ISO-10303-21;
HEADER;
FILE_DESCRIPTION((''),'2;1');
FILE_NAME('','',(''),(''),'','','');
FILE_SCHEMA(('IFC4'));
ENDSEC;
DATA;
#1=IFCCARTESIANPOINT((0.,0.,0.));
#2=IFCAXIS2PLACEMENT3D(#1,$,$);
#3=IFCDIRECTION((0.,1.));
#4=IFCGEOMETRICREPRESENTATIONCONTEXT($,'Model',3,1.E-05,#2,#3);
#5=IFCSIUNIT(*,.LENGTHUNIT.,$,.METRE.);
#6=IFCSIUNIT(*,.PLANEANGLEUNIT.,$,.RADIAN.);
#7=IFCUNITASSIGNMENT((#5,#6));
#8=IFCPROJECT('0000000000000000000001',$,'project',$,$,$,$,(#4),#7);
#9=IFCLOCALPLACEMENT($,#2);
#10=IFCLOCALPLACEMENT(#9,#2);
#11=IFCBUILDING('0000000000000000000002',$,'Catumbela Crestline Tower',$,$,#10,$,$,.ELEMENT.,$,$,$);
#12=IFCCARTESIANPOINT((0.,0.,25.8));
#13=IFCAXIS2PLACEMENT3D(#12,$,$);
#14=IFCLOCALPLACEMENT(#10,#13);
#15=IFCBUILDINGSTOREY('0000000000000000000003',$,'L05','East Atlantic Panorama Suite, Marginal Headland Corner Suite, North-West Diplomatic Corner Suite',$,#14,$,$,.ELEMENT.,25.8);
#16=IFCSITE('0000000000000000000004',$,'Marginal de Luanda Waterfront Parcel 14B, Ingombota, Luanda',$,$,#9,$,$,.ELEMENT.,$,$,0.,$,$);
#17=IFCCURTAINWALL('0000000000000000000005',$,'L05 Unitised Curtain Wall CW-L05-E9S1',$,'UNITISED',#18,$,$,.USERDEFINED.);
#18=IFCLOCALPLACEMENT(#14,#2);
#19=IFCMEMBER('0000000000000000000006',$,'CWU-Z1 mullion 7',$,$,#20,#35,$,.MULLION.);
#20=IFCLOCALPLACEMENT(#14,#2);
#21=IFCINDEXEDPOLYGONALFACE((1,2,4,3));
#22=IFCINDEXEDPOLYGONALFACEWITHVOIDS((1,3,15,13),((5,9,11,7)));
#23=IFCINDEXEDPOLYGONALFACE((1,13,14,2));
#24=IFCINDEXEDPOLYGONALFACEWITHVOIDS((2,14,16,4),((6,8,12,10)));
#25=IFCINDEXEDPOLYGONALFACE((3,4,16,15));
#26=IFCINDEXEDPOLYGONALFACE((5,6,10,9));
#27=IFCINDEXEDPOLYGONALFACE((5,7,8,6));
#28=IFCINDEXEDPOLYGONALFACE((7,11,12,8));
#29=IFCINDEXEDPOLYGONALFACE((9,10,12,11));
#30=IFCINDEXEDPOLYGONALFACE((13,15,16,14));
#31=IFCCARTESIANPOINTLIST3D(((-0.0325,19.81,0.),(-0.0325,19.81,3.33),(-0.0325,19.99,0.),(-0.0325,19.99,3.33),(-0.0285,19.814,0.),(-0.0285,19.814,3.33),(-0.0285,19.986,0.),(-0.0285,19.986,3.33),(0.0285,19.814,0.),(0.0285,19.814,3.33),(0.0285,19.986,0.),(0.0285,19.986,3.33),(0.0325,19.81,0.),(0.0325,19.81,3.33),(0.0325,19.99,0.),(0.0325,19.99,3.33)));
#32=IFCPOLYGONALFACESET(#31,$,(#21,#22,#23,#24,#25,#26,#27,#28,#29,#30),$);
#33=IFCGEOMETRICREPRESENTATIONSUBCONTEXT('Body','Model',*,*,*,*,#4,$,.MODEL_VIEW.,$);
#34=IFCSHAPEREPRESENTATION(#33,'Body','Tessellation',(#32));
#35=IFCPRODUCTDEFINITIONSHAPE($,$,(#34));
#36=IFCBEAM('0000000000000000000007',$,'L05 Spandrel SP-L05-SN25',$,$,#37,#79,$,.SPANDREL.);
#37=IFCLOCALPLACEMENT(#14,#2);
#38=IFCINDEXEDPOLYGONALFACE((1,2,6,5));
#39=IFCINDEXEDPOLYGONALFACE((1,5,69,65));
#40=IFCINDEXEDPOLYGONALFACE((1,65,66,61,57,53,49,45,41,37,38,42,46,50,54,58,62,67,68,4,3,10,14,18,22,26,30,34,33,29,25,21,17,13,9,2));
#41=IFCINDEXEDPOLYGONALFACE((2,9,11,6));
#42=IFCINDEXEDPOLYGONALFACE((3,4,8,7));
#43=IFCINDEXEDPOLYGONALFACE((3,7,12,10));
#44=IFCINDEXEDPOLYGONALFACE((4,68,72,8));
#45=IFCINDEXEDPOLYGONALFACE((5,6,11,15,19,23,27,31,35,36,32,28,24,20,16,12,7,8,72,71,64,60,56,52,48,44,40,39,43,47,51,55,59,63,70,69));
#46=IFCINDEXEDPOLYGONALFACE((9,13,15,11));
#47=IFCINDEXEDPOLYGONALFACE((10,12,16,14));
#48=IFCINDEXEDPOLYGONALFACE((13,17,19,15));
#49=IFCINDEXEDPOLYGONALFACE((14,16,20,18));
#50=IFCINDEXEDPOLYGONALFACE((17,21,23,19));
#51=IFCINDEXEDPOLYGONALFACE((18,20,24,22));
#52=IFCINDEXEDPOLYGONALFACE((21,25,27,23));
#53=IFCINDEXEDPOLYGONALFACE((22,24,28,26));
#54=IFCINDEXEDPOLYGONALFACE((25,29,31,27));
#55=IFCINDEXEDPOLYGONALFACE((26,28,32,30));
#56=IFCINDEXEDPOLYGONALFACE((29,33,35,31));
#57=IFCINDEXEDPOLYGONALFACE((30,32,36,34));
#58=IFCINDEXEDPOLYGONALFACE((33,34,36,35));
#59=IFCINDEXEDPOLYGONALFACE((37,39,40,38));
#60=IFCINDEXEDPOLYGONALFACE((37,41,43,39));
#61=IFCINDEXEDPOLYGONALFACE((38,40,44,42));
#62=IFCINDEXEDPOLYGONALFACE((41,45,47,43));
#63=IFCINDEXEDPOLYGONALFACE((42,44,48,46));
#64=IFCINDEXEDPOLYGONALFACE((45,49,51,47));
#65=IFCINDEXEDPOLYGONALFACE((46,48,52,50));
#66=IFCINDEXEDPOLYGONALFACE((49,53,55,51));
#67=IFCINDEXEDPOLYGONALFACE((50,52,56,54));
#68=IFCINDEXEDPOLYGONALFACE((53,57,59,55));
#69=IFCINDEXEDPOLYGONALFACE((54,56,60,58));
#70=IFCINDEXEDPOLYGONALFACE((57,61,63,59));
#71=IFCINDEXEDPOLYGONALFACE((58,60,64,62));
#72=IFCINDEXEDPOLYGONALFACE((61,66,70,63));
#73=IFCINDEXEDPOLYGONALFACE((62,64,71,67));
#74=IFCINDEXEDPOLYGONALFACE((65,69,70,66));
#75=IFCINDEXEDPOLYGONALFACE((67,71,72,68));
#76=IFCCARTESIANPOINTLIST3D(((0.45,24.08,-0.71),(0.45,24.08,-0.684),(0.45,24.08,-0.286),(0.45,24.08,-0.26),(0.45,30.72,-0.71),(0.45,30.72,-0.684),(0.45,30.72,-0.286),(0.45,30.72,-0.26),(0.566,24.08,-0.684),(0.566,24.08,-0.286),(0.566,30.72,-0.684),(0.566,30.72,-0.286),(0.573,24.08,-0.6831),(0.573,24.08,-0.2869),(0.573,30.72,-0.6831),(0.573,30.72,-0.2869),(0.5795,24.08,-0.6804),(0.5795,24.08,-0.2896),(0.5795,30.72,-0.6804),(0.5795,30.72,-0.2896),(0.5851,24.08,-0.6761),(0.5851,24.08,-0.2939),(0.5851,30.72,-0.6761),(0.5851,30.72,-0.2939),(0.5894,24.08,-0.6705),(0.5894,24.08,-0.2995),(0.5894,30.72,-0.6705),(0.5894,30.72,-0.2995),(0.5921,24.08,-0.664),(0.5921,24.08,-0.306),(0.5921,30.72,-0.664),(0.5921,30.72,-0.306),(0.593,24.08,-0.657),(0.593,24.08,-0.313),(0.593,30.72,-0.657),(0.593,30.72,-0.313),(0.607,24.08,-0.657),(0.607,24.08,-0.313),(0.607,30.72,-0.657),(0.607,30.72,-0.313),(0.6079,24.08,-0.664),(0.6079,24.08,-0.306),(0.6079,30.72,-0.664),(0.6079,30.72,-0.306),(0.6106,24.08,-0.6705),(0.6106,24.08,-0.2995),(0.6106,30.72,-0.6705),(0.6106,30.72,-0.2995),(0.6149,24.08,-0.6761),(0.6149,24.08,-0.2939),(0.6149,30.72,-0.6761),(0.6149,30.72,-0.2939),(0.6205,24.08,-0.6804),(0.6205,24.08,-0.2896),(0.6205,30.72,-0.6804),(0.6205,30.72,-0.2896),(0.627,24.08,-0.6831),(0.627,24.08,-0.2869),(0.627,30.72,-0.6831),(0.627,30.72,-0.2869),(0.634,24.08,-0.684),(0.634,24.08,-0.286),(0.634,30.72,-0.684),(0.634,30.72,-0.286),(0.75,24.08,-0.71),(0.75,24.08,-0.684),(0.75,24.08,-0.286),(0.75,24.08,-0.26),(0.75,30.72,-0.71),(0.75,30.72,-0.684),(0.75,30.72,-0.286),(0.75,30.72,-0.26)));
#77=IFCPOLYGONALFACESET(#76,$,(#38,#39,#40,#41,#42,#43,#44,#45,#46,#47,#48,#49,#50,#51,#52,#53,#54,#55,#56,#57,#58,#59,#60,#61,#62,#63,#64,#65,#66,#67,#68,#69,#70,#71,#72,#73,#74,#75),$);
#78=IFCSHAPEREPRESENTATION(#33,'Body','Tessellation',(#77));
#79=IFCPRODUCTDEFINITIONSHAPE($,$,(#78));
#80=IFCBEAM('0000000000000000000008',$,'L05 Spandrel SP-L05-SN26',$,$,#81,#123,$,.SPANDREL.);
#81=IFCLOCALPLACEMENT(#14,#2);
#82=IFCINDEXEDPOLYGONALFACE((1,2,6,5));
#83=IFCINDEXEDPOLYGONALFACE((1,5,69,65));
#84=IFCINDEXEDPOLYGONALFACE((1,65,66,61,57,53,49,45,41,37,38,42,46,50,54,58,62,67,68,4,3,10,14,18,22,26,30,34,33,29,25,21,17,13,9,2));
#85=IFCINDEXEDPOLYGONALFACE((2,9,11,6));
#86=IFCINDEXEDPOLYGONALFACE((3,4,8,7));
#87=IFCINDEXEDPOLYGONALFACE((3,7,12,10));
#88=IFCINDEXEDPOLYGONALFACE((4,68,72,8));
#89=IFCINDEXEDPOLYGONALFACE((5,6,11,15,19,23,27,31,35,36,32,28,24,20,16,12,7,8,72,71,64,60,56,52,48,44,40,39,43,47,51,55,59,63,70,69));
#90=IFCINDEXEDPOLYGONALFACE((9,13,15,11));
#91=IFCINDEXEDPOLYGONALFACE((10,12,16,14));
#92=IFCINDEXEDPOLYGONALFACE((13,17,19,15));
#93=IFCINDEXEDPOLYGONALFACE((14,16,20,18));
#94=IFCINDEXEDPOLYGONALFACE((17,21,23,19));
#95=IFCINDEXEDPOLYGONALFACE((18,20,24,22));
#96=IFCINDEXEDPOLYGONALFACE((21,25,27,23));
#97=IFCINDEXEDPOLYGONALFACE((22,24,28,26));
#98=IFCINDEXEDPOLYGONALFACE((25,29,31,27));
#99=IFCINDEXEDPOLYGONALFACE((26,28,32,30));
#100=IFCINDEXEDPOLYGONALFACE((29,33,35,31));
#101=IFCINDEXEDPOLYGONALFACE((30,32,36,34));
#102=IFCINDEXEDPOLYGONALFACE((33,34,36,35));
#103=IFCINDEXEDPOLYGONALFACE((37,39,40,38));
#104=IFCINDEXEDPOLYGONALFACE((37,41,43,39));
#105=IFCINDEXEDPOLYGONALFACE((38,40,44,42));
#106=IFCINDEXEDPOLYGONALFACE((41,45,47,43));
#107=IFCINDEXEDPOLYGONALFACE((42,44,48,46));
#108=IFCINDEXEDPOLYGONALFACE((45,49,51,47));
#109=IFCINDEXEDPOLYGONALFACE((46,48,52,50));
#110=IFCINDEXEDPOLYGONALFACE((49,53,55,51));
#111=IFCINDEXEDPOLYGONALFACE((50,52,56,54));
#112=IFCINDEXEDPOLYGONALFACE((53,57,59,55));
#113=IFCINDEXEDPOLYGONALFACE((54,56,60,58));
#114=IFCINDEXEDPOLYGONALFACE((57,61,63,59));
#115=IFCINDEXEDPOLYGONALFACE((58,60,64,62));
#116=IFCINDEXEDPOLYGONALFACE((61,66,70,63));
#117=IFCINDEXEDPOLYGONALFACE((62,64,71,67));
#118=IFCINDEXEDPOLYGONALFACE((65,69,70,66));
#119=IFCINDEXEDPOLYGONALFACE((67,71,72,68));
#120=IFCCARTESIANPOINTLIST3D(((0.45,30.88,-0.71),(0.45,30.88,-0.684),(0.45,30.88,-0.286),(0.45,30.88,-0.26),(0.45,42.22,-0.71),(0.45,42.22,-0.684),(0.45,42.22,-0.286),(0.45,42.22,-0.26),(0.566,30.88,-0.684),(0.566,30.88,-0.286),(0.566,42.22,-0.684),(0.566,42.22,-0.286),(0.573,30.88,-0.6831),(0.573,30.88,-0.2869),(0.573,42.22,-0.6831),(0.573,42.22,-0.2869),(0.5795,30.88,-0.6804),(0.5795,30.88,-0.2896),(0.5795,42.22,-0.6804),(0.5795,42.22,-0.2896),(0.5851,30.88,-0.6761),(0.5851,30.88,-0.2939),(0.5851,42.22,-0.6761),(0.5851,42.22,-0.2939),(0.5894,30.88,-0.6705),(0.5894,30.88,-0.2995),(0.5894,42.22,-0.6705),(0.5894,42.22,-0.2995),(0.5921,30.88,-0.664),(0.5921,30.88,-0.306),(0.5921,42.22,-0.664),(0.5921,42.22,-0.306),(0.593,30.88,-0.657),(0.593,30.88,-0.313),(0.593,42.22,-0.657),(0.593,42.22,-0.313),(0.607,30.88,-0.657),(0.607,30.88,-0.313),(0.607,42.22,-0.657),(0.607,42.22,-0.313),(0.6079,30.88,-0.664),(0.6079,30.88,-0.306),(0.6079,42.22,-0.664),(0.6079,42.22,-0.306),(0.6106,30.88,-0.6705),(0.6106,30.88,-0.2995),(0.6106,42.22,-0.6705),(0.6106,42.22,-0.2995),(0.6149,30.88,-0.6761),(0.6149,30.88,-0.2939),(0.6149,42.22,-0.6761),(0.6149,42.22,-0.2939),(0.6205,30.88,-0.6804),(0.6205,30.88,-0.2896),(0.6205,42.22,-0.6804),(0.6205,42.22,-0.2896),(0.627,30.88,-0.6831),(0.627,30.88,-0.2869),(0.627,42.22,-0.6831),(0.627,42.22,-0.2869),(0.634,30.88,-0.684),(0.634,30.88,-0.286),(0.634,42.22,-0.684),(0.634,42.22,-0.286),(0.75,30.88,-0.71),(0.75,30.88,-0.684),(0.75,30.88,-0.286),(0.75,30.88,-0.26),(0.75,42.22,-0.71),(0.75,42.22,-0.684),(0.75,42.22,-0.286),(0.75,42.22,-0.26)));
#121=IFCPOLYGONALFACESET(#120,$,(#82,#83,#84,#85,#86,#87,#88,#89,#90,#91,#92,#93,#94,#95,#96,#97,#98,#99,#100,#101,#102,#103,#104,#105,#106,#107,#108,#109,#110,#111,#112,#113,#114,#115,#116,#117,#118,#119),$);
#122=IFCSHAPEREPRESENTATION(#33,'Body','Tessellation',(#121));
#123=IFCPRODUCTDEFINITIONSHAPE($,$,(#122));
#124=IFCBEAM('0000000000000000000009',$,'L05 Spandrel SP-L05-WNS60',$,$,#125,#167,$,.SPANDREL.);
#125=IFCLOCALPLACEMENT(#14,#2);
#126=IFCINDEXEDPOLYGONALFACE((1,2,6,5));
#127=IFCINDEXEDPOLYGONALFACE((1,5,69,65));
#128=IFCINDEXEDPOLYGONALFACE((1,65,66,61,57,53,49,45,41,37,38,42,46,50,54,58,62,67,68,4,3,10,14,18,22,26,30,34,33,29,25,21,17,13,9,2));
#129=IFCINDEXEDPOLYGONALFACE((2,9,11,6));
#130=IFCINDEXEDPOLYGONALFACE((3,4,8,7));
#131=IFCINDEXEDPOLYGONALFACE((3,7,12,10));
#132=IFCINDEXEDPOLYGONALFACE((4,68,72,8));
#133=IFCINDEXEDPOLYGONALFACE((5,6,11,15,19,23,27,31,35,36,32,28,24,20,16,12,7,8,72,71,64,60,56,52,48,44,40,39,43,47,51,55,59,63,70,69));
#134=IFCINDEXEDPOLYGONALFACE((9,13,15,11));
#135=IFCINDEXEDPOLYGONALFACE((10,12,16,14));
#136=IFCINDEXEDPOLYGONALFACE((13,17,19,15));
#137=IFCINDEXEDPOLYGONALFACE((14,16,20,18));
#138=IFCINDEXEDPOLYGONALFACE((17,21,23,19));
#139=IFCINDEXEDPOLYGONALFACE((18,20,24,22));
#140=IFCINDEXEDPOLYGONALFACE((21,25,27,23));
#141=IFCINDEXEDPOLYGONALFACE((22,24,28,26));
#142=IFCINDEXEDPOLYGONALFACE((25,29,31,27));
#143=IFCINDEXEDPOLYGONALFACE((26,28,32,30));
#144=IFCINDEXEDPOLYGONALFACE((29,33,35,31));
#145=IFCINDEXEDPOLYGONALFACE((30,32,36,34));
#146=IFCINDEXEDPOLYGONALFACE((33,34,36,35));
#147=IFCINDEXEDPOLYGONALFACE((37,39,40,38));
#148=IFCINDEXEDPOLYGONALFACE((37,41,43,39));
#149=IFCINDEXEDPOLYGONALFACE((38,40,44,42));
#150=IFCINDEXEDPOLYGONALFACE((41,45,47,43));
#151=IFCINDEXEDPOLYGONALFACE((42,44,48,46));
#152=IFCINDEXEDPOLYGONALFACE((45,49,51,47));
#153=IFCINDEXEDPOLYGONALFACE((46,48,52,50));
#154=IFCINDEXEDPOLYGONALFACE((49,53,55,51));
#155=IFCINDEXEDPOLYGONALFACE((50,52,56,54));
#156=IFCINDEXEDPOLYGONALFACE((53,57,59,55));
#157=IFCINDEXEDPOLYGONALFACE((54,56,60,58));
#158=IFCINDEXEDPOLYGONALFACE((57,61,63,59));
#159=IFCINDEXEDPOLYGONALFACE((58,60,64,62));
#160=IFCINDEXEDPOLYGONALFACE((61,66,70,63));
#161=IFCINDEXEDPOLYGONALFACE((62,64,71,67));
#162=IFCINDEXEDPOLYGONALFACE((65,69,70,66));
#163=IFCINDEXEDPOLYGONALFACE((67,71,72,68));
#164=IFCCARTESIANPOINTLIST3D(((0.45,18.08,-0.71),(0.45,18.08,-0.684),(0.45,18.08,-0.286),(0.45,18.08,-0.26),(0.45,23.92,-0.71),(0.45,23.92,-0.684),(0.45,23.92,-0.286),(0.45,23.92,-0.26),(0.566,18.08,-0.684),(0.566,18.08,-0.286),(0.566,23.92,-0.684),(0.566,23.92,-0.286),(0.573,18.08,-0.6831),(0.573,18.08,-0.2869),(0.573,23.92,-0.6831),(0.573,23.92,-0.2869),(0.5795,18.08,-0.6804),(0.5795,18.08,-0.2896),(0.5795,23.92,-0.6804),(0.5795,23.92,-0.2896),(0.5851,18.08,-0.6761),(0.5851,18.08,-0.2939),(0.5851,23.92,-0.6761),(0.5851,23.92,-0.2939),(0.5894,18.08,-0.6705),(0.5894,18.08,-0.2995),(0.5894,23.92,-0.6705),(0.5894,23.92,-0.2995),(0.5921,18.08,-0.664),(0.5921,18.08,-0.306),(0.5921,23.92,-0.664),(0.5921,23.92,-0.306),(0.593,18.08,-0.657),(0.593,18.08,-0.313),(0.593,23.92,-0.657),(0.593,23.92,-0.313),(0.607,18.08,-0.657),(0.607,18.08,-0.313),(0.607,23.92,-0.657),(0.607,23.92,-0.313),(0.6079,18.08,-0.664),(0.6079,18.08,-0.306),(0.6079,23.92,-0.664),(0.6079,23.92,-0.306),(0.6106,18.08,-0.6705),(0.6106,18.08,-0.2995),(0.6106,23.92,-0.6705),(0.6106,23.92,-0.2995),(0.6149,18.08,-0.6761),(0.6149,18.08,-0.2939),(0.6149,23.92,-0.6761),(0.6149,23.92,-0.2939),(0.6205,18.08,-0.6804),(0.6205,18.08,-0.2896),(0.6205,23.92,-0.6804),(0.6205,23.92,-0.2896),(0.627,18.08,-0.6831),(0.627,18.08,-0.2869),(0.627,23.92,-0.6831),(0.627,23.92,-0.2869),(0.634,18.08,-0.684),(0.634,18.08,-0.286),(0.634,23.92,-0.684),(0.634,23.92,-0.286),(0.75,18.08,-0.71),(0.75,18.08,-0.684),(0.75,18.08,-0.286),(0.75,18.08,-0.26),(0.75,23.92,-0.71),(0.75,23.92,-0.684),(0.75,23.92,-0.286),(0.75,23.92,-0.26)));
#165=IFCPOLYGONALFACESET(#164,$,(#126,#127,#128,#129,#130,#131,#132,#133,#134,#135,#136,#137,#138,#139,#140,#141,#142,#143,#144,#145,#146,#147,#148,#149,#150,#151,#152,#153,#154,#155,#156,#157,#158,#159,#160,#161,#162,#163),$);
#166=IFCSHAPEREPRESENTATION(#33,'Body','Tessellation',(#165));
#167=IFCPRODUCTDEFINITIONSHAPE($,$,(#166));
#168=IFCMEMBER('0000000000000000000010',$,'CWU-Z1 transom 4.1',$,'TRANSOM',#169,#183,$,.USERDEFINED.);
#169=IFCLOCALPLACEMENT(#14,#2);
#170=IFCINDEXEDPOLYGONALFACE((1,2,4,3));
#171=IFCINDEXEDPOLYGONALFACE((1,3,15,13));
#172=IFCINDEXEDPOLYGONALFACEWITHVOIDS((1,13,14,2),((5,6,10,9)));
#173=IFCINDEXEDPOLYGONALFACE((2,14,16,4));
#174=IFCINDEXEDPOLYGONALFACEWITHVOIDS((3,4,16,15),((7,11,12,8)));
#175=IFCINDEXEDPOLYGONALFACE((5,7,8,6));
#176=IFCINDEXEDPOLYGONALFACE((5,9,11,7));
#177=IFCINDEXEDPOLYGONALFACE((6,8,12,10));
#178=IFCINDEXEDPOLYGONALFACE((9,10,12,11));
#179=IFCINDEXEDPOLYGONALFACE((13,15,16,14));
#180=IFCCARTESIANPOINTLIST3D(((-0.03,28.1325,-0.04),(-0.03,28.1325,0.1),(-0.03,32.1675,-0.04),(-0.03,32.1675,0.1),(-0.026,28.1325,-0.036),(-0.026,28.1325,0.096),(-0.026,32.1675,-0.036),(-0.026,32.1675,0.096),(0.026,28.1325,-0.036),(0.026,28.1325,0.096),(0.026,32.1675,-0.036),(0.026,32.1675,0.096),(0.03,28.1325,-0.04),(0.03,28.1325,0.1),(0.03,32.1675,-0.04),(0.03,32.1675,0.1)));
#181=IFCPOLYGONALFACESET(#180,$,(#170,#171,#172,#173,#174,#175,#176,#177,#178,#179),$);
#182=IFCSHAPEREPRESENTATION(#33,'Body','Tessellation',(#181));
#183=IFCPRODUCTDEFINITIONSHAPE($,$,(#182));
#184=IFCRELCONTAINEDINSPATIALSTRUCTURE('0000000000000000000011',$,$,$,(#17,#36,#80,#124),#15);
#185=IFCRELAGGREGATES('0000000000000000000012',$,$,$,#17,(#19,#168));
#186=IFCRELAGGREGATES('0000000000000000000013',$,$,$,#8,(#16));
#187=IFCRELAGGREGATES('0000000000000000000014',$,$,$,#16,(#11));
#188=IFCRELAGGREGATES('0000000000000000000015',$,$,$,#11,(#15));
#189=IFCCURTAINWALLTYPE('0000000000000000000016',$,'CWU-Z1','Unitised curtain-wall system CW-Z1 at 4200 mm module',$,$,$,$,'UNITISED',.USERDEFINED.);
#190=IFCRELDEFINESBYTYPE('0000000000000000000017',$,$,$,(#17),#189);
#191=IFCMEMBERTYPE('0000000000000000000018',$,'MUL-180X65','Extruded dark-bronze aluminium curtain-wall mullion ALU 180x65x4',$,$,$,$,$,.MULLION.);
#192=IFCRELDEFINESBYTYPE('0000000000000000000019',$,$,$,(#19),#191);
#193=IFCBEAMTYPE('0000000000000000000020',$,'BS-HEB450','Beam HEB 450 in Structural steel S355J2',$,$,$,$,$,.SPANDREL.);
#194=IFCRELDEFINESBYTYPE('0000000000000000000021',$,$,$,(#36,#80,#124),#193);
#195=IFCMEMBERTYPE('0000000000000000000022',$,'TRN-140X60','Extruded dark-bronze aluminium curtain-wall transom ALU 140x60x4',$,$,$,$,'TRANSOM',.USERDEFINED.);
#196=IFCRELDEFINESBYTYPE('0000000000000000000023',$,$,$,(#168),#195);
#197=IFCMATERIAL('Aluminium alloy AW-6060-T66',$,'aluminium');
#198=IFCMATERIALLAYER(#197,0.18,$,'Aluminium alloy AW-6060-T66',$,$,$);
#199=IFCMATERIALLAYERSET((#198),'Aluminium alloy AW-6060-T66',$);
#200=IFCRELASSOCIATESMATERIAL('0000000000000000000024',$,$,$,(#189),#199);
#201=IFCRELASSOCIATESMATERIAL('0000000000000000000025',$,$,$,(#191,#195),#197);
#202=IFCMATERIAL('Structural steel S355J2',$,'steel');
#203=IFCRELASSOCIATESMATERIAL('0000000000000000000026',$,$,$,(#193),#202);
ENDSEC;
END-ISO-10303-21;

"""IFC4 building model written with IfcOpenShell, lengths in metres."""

from ifc_helpers import new_model, si_unit, direction, frame, origin, origin_2d, place, context, subcontext, project, spatial, hollow_rectangle, i_section, extrude, material, layer, layer_set, material_profile, profile_set, type_object, element, aggregate, save


model = new_model("IFC4")

# Units and contexts
model_context = context("Model", 3, precision=1e-05, world=origin(), true_north=direction((0.0, 1.0)))
body_context = subcontext(model_context, "Body", "Model", "MODEL_VIEW")
ifc_project = project(units=[si_unit("LENGTHUNIT", "METRE"), si_unit("PLANEANGLEUNIT", "RADIAN")], contexts=[model_context])

# Site, building, storey
site_placement = place(None, origin())
site = spatial("IfcSite", under=ifc_project, at=site_placement, Name="Marginal de Luanda Waterfront Parcel 14B, Ingombota, Luanda", CompositionType="ELEMENT", RefElevation=0.0)
building_placement = place(site_placement, origin())
building = spatial("IfcBuilding", under=site, at=building_placement, Name="Catumbela Crestline Tower", CompositionType="ELEMENT")
storey_placement = place(building_placement, frame((0.0, 0.0, 25.8)))
storey = spatial("IfcBuildingStorey", under=building, at=storey_placement, Name="L05", Description="East Atlantic Panorama Suite, Marginal Headland Corner Suite, North-West Diplomatic Corner Suite", CompositionType="ELEMENT", Elevation=25.8)

# Shared definitions
ifc_material_1 = material(Name="Structural steel S355J2", Category="steel")

# Curtain wall, member
ifc_material_2 = material(Name="Aluminium alloy AW-6060-T66", Category="aluminium")
ifc_layer_1 = layer(ifc_material_2, 0.18, Name="Aluminium alloy AW-6060-T66")
ifc_layer_set_1 = layer_set([ifc_layer_1], Name="Aluminium alloy AW-6060-T66")
curtain_wall_type = type_object("IfcCurtainWallType", Name="CWU-Z1", Description="Unitised curtain-wall system CW-Z1 at 4200 mm module", ElementType="UNITISED", PredefinedType="USERDEFINED", material=ifc_layer_set_1)
curtain_wall_placement = place(storey_placement, origin())
curtain_wall = element("IfcCurtainWall", 1, at=curtain_wall_placement, inside=storey, type_object=curtain_wall_type, Name="L05 Unitised Curtain Wall CW-L05-E9S1", ObjectType="UNITISED", PredefinedType="USERDEFINED")
ifc_material_profile_1 = material_profile(ifc_material_2, hollow_rectangle(XDim=0.065, YDim=0.18, WallThickness=0.004, at=origin_2d()), Name="ALU 180x65x4")
ifc_profile_set_1 = profile_set([ifc_material_profile_1], Name="Aluminium alloy AW-6060-T66")
member_type_1 = type_object("IfcMemberType", Name="MUL-180X65", Description="Extruded dark-bronze aluminium curtain-wall mullion ALU 180x65x4", PredefinedType="MULLION", material=ifc_profile_set_1)
member_1_placement = place(storey_placement, frame((0.0, 19.9, 0.0), z_axis=(0.0, 0.0, 1.0), x_axis=(1.0, 0.0, 0.0)))
member_1 = element("IfcMember", 2, at=member_1_placement, type_object=member_type_1, Name="CWU-Z1 mullion 7", PredefinedType="MULLION", context=body_context, shape_type="SweptSolid", body=[
    extrude(hollow_rectangle(XDim=0.065, YDim=0.18, WallThickness=0.004, at=origin_2d()), origin(), (0.0, 0.0, 1.0), 3.33),
])

# Beams
ifc_material_profile_2 = material_profile(ifc_material_1, i_section(OverallWidth=0.3, OverallDepth=0.45, WebThickness=0.014, FlangeThickness=0.026, FilletRadius=0.027, at=origin_2d()), Name="HEB 450")
ifc_profile_set_2 = profile_set([ifc_material_profile_2], Name="Structural steel S355J2")
beam_type_1 = type_object("IfcBeamType", Name="BS-HEB450", Description="Beam HEB 450 in Structural steel S355J2", PredefinedType="SPANDREL", material=ifc_profile_set_2)
beam_1_placement = place(storey_placement, frame((0.6, 24.08, -0.485), z_axis=(0.0, 1.0, 0.0), x_axis=(-1.0, 0.0, 0.0)))
element("IfcBeam", 3, at=beam_1_placement, inside=storey, type_object=beam_type_1, Name="L05 Spandrel SP-L05-SN25", PredefinedType="SPANDREL", context=body_context, shape_type="SweptSolid", body=[
    extrude(i_section(OverallWidth=0.3, OverallDepth=0.45, WebThickness=0.014, FlangeThickness=0.026, FilletRadius=0.027, at=origin_2d()), origin(), (0.0, 0.0, 1.0), 6.64),
])
beam_2_placement = place(storey_placement, frame((0.6, 30.88, -0.485), z_axis=(0.0, 1.0, 0.0), x_axis=(-1.0, 0.0, 0.0)))
element("IfcBeam", 4, at=beam_2_placement, inside=storey, type_object=beam_type_1, Name="L05 Spandrel SP-L05-SN26", PredefinedType="SPANDREL", context=body_context, shape_type="SweptSolid", body=[
    extrude(i_section(OverallWidth=0.3, OverallDepth=0.45, WebThickness=0.014, FlangeThickness=0.026, FilletRadius=0.027, at=origin_2d()), origin(), (0.0, 0.0, 1.0), 11.34),
])
beam_3_placement = place(storey_placement, frame((0.6, 18.08, -0.485), z_axis=(0.0, 1.0, 0.0), x_axis=(-1.0, 0.0, 0.0)))
element("IfcBeam", 5, at=beam_3_placement, inside=storey, type_object=beam_type_1, Name="L05 Spandrel SP-L05-WNS60", PredefinedType="SPANDREL", context=body_context, shape_type="SweptSolid", body=[
    extrude(i_section(OverallWidth=0.3, OverallDepth=0.45, WebThickness=0.014, FlangeThickness=0.026, FilletRadius=0.027, at=origin_2d()), origin(), (0.0, 0.0, 1.0), 5.84),
])

# Member
ifc_material_profile_3 = material_profile(ifc_material_2, hollow_rectangle(XDim=0.06, YDim=0.14, WallThickness=0.004, at=origin_2d()), Name="ALU 140x60x4")
ifc_profile_set_3 = profile_set([ifc_material_profile_3], Name="Aluminium alloy AW-6060-T66")
member_type_2 = type_object("IfcMemberType", Name="TRN-140X60", Description="Extruded dark-bronze aluminium curtain-wall transom ALU 140x60x4", ElementType="TRANSOM", PredefinedType="USERDEFINED", material=ifc_profile_set_3)
member_2_placement = place(storey_placement, frame((0.0, 32.1675, 0.03), z_axis=(0.0, -1.0, 0.0), x_axis=(1.0, 0.0, 0.0)))
member_2 = element("IfcMember", 6, at=member_2_placement, type_object=member_type_2, Name="CWU-Z1 transom 4.1", ObjectType="TRANSOM", PredefinedType="USERDEFINED", context=body_context, shape_type="SweptSolid", body=[
    extrude(hollow_rectangle(XDim=0.06, YDim=0.14, WallThickness=0.004, at=origin_2d()), origin(), (0.0, 0.0, 1.0), 4.035),
])

aggregate(curtain_wall, [member_1, member_2])

save(model, "model.ifc")
